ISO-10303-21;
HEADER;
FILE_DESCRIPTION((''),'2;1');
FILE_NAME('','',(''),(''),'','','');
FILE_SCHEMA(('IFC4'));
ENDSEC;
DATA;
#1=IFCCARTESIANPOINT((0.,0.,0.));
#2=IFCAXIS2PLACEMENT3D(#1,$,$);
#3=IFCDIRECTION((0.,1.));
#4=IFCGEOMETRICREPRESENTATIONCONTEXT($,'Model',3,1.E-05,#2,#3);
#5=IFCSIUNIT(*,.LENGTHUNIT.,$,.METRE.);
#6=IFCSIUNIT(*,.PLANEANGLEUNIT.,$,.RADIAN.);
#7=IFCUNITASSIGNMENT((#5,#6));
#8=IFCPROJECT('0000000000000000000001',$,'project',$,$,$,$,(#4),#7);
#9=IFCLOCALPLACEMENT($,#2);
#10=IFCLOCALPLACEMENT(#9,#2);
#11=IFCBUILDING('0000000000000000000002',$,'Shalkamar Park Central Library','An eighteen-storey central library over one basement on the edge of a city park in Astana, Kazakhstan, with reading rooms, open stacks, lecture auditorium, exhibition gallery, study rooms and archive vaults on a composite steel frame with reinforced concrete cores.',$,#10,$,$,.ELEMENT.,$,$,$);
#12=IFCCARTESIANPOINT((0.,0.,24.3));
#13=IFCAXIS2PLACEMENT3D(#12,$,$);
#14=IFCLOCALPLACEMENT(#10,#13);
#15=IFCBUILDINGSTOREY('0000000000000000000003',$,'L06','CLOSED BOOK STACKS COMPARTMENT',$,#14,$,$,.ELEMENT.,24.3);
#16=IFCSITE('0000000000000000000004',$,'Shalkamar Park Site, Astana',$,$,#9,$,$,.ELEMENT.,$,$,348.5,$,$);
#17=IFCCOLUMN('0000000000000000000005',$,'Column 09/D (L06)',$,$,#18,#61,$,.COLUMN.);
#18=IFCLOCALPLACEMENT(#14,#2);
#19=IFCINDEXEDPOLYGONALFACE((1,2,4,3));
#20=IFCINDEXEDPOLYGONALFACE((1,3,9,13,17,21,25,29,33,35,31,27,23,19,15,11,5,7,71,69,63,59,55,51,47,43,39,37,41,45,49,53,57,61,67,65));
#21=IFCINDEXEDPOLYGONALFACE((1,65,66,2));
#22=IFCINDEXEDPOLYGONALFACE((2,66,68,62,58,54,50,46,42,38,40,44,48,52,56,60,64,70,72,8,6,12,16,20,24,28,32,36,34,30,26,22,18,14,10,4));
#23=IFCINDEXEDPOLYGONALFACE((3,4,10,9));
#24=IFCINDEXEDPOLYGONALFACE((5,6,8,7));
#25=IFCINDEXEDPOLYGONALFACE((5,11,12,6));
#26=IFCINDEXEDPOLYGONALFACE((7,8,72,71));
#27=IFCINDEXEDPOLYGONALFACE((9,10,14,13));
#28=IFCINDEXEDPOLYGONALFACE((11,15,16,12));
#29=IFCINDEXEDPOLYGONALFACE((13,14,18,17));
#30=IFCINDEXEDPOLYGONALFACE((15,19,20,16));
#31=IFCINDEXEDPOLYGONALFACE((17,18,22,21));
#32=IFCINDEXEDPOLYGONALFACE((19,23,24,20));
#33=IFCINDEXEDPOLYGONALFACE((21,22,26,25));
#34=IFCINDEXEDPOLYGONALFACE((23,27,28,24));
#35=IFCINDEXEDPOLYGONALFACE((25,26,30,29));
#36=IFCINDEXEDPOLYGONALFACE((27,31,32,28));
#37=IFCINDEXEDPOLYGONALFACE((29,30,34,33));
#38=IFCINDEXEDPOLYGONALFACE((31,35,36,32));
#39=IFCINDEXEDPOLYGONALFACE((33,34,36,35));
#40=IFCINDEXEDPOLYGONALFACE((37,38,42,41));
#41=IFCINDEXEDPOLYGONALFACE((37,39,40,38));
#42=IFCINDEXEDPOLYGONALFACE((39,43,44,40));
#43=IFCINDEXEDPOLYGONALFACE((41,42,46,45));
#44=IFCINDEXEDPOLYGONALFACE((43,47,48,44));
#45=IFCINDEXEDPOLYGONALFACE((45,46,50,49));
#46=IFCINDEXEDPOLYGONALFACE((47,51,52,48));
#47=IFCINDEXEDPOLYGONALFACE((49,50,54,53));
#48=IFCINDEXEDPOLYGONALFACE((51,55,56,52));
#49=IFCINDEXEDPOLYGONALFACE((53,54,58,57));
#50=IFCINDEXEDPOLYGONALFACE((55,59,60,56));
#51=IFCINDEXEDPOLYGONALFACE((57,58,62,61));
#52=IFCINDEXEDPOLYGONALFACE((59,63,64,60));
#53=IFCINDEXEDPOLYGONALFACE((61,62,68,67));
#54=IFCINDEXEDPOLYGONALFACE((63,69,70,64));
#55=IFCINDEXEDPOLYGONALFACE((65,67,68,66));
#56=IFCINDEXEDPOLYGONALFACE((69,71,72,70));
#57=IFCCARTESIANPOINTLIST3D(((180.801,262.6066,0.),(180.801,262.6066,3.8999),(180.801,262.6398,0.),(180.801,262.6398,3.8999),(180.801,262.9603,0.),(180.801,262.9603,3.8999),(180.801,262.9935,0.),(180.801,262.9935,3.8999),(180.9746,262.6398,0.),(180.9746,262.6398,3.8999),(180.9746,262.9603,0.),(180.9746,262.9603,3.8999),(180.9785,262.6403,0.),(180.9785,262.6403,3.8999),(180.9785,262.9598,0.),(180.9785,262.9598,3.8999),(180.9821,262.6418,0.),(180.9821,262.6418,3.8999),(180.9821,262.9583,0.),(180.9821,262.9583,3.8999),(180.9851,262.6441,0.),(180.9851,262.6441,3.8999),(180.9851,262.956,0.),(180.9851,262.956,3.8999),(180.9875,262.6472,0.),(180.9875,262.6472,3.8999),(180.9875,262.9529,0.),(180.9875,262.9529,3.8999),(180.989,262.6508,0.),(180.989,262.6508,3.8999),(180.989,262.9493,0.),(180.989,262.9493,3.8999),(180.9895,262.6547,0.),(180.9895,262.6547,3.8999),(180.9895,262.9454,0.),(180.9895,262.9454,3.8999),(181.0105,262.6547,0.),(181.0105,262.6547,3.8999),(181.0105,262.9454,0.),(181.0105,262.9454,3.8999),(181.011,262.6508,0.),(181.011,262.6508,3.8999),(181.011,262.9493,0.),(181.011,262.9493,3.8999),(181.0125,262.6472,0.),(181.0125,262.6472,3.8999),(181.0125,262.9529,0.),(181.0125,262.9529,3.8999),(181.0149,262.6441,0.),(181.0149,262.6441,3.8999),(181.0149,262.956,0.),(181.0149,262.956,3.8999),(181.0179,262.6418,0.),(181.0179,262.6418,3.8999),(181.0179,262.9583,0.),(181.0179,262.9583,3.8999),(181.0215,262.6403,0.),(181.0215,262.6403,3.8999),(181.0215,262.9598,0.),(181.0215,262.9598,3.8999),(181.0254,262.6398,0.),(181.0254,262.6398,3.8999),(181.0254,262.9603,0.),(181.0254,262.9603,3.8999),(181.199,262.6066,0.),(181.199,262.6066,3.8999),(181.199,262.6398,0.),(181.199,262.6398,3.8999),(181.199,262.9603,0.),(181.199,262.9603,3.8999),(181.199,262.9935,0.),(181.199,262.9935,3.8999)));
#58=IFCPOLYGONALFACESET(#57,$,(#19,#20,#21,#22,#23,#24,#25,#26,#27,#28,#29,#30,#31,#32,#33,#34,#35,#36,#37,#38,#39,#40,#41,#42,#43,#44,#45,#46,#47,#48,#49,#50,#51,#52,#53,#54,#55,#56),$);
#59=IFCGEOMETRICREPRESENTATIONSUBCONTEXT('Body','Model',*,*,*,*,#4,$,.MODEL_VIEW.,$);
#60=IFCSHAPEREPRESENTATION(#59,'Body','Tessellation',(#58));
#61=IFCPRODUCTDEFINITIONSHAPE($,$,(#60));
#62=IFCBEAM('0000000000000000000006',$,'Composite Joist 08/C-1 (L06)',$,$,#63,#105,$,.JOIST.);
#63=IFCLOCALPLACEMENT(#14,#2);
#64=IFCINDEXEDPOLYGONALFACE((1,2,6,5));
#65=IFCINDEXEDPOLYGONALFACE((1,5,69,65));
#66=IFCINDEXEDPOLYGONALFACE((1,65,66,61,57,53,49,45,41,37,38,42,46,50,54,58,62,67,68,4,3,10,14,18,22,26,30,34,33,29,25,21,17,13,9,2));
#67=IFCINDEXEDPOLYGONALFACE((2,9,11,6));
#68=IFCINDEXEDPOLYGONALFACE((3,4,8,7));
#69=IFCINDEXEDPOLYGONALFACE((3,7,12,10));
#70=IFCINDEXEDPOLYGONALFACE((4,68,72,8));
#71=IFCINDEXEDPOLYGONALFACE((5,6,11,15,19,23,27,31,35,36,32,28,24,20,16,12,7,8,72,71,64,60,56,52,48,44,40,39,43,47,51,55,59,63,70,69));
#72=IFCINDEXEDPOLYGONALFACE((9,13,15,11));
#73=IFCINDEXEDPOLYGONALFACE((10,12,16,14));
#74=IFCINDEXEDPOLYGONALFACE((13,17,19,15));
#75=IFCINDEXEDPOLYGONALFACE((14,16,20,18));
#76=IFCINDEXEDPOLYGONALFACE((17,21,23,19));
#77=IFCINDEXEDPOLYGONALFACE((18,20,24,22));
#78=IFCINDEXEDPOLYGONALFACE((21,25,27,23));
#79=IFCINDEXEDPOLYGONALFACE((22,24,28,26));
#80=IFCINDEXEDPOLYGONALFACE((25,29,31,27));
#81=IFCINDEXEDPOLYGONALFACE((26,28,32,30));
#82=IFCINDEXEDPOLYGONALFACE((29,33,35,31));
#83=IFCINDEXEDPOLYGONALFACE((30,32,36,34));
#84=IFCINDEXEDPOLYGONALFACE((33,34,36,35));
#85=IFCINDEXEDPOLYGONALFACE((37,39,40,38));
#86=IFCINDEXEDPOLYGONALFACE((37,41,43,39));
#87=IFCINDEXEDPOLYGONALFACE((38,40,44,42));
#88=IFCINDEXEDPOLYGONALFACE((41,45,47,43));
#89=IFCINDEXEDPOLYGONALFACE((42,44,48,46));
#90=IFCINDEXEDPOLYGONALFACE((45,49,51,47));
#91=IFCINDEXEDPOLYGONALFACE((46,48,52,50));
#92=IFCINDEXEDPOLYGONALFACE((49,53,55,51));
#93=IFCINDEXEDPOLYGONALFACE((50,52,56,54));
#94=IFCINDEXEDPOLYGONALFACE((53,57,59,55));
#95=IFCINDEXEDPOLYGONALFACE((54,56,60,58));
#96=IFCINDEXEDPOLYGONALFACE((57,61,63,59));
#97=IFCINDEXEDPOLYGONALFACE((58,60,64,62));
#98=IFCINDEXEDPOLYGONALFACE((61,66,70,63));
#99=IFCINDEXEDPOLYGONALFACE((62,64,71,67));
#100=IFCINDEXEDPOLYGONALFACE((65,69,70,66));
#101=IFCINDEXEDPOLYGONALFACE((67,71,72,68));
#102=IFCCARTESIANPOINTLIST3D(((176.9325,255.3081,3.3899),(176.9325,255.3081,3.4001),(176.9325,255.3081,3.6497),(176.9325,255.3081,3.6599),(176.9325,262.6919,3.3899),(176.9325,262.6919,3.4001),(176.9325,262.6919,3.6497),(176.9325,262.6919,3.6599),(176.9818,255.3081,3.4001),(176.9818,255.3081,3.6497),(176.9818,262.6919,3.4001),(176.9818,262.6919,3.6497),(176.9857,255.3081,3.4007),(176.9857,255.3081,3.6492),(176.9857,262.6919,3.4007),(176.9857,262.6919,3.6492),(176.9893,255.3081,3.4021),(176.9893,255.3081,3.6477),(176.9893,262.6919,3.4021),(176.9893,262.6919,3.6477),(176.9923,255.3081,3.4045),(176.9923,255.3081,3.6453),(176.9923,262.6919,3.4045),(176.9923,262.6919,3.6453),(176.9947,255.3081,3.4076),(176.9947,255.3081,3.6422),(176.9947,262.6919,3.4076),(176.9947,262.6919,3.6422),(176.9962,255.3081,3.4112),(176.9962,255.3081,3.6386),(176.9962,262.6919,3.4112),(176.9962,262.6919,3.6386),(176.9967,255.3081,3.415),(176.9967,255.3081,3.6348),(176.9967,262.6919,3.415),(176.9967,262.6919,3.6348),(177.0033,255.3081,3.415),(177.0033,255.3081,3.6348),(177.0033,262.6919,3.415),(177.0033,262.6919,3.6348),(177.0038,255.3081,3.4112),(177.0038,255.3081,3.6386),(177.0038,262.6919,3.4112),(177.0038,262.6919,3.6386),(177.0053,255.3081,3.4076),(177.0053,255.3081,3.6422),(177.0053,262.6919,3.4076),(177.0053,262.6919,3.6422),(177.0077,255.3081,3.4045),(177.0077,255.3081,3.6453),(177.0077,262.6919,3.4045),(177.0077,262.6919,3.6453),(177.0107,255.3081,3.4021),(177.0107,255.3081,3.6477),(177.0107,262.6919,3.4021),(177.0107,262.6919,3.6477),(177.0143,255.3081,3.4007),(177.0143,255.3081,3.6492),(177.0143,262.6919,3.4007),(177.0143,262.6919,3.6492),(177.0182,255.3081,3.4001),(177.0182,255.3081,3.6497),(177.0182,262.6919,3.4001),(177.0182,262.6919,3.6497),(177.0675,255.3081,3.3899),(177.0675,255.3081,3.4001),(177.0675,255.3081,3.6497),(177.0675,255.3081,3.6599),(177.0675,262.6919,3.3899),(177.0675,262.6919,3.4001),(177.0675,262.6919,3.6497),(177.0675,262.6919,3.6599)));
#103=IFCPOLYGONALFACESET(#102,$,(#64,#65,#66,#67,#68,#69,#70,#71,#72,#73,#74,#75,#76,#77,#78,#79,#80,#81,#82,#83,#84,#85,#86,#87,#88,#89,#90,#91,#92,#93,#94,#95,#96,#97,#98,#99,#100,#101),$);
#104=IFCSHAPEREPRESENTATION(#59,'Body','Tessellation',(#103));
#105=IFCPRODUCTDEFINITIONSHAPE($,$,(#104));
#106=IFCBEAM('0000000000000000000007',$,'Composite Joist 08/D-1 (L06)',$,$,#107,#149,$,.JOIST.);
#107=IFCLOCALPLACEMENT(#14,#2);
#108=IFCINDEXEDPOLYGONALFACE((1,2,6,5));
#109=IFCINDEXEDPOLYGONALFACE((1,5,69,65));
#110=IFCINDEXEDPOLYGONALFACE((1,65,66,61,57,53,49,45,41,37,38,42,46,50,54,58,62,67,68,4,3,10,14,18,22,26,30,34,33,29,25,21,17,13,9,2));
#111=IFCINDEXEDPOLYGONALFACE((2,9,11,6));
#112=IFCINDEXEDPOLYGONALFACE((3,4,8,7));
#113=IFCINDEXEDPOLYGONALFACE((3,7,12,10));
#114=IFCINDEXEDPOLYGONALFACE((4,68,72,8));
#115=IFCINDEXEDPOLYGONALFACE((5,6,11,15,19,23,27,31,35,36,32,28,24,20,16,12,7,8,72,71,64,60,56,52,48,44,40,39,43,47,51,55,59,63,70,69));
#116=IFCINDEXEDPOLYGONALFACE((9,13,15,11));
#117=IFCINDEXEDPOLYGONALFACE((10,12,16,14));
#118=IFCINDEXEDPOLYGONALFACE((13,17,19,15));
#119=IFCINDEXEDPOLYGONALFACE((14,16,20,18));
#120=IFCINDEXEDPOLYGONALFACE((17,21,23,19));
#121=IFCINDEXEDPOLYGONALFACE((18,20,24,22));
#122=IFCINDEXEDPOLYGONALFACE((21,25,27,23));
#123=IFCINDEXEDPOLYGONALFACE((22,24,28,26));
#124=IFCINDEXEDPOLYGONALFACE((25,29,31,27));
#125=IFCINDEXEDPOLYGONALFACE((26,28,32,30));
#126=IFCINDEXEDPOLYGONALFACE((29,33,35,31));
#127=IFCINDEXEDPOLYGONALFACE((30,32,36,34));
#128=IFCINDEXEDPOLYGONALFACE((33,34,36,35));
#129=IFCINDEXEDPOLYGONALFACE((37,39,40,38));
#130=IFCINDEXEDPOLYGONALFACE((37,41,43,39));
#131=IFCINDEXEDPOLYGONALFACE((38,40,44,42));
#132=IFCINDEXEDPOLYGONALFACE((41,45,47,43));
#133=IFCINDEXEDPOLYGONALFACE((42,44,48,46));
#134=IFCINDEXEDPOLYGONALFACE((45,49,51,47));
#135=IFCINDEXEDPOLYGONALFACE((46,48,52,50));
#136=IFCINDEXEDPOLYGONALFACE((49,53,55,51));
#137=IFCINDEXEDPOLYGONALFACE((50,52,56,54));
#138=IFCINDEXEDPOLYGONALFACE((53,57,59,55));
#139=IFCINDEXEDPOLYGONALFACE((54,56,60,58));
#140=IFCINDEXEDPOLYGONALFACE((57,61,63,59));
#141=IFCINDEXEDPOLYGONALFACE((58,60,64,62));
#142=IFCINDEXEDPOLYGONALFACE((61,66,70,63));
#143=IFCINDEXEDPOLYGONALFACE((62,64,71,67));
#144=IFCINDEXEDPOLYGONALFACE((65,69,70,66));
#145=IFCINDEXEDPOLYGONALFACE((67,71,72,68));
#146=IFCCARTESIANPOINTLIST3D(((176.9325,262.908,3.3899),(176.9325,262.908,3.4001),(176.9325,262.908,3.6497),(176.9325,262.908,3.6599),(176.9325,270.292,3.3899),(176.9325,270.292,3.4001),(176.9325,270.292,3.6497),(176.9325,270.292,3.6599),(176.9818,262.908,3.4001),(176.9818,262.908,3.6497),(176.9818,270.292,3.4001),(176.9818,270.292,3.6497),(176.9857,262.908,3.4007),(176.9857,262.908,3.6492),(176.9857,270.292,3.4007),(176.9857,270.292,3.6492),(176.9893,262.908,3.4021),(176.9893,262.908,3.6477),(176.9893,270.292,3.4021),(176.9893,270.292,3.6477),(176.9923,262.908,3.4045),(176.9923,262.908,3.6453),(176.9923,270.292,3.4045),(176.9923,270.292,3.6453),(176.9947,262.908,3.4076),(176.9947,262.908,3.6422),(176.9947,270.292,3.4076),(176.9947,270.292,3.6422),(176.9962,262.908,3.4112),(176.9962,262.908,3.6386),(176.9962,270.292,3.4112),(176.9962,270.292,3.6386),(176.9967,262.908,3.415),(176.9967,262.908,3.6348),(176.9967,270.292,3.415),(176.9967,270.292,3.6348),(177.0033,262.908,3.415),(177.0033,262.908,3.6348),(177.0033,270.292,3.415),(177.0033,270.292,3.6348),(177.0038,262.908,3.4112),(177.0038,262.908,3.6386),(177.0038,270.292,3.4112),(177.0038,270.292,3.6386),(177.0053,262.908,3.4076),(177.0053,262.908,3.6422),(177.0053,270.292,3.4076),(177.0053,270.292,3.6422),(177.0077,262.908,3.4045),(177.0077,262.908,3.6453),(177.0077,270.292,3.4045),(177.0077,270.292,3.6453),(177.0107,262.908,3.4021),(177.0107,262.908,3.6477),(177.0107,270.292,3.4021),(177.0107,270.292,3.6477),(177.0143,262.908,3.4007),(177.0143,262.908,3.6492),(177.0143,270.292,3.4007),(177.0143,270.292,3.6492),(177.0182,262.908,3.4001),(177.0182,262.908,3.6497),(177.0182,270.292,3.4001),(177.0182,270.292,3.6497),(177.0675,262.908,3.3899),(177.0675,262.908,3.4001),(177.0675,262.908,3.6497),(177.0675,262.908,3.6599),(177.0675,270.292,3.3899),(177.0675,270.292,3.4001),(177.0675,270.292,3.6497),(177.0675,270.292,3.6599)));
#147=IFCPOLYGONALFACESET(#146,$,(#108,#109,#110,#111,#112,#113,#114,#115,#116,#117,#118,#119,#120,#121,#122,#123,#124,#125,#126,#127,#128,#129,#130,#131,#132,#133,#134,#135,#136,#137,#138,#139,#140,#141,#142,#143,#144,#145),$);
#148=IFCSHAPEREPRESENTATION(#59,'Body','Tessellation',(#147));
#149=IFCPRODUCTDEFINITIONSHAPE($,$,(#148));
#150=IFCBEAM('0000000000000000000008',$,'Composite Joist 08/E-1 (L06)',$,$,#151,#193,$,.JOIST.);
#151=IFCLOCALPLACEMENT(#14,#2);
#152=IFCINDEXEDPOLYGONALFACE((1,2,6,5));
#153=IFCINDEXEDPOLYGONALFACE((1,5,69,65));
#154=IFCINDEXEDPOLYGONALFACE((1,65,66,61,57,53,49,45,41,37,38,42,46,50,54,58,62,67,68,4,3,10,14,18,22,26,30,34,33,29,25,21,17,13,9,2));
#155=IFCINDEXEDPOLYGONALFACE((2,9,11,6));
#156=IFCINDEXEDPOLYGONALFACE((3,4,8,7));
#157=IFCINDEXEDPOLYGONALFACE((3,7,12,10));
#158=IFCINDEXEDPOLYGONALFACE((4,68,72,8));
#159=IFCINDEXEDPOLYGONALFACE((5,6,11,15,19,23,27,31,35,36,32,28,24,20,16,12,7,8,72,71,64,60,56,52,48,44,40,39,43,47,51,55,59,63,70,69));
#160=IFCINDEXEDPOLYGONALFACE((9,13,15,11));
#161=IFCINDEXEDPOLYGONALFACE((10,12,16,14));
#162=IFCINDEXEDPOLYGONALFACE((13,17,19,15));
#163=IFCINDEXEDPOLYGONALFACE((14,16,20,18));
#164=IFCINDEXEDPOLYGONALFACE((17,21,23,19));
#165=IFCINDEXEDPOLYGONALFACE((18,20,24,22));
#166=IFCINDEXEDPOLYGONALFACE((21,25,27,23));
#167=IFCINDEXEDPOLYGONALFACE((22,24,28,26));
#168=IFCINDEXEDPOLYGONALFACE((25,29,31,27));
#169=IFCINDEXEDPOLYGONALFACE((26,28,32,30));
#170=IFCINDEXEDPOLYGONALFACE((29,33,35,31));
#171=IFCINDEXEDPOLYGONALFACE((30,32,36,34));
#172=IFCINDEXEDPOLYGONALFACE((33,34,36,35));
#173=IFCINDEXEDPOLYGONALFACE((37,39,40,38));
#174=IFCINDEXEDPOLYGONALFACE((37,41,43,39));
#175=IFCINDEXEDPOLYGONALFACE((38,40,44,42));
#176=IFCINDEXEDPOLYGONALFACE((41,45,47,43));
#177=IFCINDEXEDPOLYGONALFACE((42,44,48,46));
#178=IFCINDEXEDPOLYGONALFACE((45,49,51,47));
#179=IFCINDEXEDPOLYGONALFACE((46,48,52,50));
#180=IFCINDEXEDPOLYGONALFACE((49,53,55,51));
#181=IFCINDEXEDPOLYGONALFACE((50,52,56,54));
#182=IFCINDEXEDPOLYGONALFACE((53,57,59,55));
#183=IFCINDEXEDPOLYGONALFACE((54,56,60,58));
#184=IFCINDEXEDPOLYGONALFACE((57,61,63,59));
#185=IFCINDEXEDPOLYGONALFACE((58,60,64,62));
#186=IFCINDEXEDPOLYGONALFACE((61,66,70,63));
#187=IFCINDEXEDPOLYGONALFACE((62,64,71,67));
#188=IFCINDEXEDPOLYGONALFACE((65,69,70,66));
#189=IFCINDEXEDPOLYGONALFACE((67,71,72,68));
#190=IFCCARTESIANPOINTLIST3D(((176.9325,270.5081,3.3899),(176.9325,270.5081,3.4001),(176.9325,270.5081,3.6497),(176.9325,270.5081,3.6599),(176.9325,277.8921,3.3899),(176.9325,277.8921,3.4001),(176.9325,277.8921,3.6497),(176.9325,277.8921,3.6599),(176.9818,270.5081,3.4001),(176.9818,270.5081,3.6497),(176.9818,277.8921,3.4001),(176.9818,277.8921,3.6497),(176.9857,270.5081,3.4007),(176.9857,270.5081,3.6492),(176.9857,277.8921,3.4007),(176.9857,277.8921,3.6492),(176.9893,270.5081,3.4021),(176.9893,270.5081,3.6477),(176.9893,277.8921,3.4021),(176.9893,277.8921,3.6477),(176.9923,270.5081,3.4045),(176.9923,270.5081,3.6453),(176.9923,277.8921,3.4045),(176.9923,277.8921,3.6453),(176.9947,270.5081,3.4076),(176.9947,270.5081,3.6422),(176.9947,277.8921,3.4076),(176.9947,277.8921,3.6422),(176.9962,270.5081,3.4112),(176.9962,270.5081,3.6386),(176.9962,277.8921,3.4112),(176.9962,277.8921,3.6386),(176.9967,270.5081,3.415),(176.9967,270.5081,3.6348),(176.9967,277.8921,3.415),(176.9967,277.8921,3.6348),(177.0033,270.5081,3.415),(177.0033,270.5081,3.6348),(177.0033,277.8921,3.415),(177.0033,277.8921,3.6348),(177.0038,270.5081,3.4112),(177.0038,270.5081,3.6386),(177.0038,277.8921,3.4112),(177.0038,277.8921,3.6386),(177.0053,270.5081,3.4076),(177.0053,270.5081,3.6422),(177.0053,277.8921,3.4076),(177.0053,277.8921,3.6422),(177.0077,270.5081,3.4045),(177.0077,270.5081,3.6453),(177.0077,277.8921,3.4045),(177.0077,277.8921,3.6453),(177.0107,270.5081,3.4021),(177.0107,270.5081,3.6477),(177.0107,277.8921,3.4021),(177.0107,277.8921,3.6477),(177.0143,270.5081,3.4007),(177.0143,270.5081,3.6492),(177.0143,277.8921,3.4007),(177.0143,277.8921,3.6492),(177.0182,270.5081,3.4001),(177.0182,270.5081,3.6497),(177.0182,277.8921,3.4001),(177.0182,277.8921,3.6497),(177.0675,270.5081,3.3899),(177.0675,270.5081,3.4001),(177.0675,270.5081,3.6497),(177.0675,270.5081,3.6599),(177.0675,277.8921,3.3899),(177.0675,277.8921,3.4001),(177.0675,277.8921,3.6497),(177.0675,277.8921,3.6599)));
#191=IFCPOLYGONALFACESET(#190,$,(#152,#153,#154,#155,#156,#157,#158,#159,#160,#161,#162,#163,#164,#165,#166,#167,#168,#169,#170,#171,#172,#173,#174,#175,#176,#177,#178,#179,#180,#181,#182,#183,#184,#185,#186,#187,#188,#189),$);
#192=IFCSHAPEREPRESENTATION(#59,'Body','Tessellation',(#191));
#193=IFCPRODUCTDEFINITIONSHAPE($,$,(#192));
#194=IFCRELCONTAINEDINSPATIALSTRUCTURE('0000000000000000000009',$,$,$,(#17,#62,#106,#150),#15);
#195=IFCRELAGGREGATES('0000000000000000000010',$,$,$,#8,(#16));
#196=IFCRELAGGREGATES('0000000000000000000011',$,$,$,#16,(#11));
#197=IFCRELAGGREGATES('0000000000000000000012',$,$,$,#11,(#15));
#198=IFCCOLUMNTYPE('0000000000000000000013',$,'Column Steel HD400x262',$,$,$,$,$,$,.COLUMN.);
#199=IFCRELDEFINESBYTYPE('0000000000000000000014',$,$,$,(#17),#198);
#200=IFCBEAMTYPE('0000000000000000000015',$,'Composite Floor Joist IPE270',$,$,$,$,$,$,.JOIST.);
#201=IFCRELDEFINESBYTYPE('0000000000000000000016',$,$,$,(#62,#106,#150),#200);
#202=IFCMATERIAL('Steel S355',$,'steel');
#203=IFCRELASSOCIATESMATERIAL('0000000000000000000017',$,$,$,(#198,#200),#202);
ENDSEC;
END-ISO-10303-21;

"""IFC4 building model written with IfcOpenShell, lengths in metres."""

from ifc_helpers import new_model, si_unit, direction, frame, origin, origin_2d, place, context, subcontext, project, spatial, i_section, extrude, material, material_profile, profile_set, type_object, element, save


model = new_model("IFC4")

# Units and contexts
model_context = context("Model", 3, precision=1e-05, world=origin(), true_north=direction((0.0, 1.0)))
body_context = subcontext(model_context, "Body", "Model", "MODEL_VIEW")
ifc_project = project(units=[si_unit("LENGTHUNIT", "METRE"), si_unit("PLANEANGLEUNIT", "RADIAN")], contexts=[model_context])

# Site, building, storey
site_placement = place(None, origin())
site = spatial("IfcSite", under=ifc_project, at=site_placement, Name="Shalkamar Park Site, Astana", CompositionType="ELEMENT", RefElevation=348.5)
building_placement = place(site_placement, origin())
building = spatial("IfcBuilding", under=site, at=building_placement, Name="Shalkamar Park Central Library", Description="An eighteen-storey central library over one basement on the edge of a city park in Astana, Kazakhstan, with reading rooms, open stacks, lecture auditorium, exhibition gallery, study rooms and archive vaults on a composite steel frame with reinforced concrete cores.", CompositionType="ELEMENT")
storey_placement = place(building_placement, frame((0.0, 0.0, 24.3)))
storey = spatial("IfcBuildingStorey", under=building, at=storey_placement, Name="L06", Description="CLOSED BOOK STACKS COMPARTMENT", CompositionType="ELEMENT", Elevation=24.3)

# Column
ifc_material_1 = material(Name="Steel S355", Category="steel")
ifc_material_profile_1 = material_profile(ifc_material_1, i_section(OverallWidth=0.3979, OverallDepth=0.387, WebThickness=0.021, FlangeThickness=0.0332, FilletRadius=0.0149, at=origin_2d()), Name="HD 400x262")
ifc_profile_set_1 = profile_set([ifc_material_profile_1], Name="Steel S355")
column_type = type_object("IfcColumnType", Name="Column Steel HD400x262", PredefinedType="COLUMN", material=ifc_profile_set_1)
column_placement = place(storey_placement, frame((181.0, 262.8, 0.0), z_axis=(0.0, 0.0, 1.0), x_axis=(1.0, 0.0, 0.0)))
element("IfcColumn", 1, at=column_placement, inside=storey, type_object=column_type, Name="Column 09/D (L06)", PredefinedType="COLUMN", context=body_context, shape_type="SweptSolid", body=[
    extrude(i_section(OverallWidth=0.3979, OverallDepth=0.387, WebThickness=0.021, FlangeThickness=0.0332, FilletRadius=0.0149, at=origin_2d()), origin(), (0.0, 0.0, 1.0), 3.8999),
])

# Beams
ifc_material_profile_2 = material_profile(ifc_material_1, i_section(OverallWidth=0.135, OverallDepth=0.27, WebThickness=0.0066, FlangeThickness=0.0103, FilletRadius=0.0149, at=origin_2d()), Name="IPE 270")
ifc_profile_set_2 = profile_set([ifc_material_profile_2], Name="Steel S355")
beam_type_1 = type_object("IfcBeamType", Name="Composite Floor Joist IPE270", PredefinedType="JOIST", material=ifc_profile_set_2)
beam_1_placement = place(storey_placement, frame((177.0, 255.3081, 3.5249), z_axis=(0.0, 1.0, 0.0), x_axis=(-1.0, 0.0, 0.0)))
element("IfcBeam", 2, at=beam_1_placement, inside=storey, type_object=beam_type_1, Name="Composite Joist 08/C-1 (L06)", PredefinedType="JOIST", context=body_context, shape_type="SweptSolid", body=[
    extrude(i_section(OverallWidth=0.135, OverallDepth=0.27, WebThickness=0.0066, FlangeThickness=0.0103, FilletRadius=0.0149, at=origin_2d()), origin(), (0.0, 0.0, 1.0), 7.3838),
])
for number, where, z_axis, x_axis, name in (
    (3, (177.0, 262.908, 3.5249), (0.0, 1.0, 0.0), (-1.0, 0.0, 0.0), "Composite Joist 08/D-1 (L06)"),
    (4, (177.0, 270.5081, 3.5249), (0.0, 1.0, 0.0), (-1.0, 0.0, 0.0), "Composite Joist 08/E-1 (L06)"),
):
    element("IfcBeam", number, at=place(storey_placement, frame(where, z_axis=z_axis, x_axis=x_axis)), inside=storey, type_object=beam_type_1, Name=name, PredefinedType="JOIST", context=body_context, shape_type="SweptSolid", body=[
        extrude(i_section(OverallWidth=0.135, OverallDepth=0.27, WebThickness=0.0066, FlangeThickness=0.0103, FilletRadius=0.0149, at=origin_2d()), origin(), (0.0, 0.0, 1.0), 7.384),
    ])

save(model, "model.ifc")
